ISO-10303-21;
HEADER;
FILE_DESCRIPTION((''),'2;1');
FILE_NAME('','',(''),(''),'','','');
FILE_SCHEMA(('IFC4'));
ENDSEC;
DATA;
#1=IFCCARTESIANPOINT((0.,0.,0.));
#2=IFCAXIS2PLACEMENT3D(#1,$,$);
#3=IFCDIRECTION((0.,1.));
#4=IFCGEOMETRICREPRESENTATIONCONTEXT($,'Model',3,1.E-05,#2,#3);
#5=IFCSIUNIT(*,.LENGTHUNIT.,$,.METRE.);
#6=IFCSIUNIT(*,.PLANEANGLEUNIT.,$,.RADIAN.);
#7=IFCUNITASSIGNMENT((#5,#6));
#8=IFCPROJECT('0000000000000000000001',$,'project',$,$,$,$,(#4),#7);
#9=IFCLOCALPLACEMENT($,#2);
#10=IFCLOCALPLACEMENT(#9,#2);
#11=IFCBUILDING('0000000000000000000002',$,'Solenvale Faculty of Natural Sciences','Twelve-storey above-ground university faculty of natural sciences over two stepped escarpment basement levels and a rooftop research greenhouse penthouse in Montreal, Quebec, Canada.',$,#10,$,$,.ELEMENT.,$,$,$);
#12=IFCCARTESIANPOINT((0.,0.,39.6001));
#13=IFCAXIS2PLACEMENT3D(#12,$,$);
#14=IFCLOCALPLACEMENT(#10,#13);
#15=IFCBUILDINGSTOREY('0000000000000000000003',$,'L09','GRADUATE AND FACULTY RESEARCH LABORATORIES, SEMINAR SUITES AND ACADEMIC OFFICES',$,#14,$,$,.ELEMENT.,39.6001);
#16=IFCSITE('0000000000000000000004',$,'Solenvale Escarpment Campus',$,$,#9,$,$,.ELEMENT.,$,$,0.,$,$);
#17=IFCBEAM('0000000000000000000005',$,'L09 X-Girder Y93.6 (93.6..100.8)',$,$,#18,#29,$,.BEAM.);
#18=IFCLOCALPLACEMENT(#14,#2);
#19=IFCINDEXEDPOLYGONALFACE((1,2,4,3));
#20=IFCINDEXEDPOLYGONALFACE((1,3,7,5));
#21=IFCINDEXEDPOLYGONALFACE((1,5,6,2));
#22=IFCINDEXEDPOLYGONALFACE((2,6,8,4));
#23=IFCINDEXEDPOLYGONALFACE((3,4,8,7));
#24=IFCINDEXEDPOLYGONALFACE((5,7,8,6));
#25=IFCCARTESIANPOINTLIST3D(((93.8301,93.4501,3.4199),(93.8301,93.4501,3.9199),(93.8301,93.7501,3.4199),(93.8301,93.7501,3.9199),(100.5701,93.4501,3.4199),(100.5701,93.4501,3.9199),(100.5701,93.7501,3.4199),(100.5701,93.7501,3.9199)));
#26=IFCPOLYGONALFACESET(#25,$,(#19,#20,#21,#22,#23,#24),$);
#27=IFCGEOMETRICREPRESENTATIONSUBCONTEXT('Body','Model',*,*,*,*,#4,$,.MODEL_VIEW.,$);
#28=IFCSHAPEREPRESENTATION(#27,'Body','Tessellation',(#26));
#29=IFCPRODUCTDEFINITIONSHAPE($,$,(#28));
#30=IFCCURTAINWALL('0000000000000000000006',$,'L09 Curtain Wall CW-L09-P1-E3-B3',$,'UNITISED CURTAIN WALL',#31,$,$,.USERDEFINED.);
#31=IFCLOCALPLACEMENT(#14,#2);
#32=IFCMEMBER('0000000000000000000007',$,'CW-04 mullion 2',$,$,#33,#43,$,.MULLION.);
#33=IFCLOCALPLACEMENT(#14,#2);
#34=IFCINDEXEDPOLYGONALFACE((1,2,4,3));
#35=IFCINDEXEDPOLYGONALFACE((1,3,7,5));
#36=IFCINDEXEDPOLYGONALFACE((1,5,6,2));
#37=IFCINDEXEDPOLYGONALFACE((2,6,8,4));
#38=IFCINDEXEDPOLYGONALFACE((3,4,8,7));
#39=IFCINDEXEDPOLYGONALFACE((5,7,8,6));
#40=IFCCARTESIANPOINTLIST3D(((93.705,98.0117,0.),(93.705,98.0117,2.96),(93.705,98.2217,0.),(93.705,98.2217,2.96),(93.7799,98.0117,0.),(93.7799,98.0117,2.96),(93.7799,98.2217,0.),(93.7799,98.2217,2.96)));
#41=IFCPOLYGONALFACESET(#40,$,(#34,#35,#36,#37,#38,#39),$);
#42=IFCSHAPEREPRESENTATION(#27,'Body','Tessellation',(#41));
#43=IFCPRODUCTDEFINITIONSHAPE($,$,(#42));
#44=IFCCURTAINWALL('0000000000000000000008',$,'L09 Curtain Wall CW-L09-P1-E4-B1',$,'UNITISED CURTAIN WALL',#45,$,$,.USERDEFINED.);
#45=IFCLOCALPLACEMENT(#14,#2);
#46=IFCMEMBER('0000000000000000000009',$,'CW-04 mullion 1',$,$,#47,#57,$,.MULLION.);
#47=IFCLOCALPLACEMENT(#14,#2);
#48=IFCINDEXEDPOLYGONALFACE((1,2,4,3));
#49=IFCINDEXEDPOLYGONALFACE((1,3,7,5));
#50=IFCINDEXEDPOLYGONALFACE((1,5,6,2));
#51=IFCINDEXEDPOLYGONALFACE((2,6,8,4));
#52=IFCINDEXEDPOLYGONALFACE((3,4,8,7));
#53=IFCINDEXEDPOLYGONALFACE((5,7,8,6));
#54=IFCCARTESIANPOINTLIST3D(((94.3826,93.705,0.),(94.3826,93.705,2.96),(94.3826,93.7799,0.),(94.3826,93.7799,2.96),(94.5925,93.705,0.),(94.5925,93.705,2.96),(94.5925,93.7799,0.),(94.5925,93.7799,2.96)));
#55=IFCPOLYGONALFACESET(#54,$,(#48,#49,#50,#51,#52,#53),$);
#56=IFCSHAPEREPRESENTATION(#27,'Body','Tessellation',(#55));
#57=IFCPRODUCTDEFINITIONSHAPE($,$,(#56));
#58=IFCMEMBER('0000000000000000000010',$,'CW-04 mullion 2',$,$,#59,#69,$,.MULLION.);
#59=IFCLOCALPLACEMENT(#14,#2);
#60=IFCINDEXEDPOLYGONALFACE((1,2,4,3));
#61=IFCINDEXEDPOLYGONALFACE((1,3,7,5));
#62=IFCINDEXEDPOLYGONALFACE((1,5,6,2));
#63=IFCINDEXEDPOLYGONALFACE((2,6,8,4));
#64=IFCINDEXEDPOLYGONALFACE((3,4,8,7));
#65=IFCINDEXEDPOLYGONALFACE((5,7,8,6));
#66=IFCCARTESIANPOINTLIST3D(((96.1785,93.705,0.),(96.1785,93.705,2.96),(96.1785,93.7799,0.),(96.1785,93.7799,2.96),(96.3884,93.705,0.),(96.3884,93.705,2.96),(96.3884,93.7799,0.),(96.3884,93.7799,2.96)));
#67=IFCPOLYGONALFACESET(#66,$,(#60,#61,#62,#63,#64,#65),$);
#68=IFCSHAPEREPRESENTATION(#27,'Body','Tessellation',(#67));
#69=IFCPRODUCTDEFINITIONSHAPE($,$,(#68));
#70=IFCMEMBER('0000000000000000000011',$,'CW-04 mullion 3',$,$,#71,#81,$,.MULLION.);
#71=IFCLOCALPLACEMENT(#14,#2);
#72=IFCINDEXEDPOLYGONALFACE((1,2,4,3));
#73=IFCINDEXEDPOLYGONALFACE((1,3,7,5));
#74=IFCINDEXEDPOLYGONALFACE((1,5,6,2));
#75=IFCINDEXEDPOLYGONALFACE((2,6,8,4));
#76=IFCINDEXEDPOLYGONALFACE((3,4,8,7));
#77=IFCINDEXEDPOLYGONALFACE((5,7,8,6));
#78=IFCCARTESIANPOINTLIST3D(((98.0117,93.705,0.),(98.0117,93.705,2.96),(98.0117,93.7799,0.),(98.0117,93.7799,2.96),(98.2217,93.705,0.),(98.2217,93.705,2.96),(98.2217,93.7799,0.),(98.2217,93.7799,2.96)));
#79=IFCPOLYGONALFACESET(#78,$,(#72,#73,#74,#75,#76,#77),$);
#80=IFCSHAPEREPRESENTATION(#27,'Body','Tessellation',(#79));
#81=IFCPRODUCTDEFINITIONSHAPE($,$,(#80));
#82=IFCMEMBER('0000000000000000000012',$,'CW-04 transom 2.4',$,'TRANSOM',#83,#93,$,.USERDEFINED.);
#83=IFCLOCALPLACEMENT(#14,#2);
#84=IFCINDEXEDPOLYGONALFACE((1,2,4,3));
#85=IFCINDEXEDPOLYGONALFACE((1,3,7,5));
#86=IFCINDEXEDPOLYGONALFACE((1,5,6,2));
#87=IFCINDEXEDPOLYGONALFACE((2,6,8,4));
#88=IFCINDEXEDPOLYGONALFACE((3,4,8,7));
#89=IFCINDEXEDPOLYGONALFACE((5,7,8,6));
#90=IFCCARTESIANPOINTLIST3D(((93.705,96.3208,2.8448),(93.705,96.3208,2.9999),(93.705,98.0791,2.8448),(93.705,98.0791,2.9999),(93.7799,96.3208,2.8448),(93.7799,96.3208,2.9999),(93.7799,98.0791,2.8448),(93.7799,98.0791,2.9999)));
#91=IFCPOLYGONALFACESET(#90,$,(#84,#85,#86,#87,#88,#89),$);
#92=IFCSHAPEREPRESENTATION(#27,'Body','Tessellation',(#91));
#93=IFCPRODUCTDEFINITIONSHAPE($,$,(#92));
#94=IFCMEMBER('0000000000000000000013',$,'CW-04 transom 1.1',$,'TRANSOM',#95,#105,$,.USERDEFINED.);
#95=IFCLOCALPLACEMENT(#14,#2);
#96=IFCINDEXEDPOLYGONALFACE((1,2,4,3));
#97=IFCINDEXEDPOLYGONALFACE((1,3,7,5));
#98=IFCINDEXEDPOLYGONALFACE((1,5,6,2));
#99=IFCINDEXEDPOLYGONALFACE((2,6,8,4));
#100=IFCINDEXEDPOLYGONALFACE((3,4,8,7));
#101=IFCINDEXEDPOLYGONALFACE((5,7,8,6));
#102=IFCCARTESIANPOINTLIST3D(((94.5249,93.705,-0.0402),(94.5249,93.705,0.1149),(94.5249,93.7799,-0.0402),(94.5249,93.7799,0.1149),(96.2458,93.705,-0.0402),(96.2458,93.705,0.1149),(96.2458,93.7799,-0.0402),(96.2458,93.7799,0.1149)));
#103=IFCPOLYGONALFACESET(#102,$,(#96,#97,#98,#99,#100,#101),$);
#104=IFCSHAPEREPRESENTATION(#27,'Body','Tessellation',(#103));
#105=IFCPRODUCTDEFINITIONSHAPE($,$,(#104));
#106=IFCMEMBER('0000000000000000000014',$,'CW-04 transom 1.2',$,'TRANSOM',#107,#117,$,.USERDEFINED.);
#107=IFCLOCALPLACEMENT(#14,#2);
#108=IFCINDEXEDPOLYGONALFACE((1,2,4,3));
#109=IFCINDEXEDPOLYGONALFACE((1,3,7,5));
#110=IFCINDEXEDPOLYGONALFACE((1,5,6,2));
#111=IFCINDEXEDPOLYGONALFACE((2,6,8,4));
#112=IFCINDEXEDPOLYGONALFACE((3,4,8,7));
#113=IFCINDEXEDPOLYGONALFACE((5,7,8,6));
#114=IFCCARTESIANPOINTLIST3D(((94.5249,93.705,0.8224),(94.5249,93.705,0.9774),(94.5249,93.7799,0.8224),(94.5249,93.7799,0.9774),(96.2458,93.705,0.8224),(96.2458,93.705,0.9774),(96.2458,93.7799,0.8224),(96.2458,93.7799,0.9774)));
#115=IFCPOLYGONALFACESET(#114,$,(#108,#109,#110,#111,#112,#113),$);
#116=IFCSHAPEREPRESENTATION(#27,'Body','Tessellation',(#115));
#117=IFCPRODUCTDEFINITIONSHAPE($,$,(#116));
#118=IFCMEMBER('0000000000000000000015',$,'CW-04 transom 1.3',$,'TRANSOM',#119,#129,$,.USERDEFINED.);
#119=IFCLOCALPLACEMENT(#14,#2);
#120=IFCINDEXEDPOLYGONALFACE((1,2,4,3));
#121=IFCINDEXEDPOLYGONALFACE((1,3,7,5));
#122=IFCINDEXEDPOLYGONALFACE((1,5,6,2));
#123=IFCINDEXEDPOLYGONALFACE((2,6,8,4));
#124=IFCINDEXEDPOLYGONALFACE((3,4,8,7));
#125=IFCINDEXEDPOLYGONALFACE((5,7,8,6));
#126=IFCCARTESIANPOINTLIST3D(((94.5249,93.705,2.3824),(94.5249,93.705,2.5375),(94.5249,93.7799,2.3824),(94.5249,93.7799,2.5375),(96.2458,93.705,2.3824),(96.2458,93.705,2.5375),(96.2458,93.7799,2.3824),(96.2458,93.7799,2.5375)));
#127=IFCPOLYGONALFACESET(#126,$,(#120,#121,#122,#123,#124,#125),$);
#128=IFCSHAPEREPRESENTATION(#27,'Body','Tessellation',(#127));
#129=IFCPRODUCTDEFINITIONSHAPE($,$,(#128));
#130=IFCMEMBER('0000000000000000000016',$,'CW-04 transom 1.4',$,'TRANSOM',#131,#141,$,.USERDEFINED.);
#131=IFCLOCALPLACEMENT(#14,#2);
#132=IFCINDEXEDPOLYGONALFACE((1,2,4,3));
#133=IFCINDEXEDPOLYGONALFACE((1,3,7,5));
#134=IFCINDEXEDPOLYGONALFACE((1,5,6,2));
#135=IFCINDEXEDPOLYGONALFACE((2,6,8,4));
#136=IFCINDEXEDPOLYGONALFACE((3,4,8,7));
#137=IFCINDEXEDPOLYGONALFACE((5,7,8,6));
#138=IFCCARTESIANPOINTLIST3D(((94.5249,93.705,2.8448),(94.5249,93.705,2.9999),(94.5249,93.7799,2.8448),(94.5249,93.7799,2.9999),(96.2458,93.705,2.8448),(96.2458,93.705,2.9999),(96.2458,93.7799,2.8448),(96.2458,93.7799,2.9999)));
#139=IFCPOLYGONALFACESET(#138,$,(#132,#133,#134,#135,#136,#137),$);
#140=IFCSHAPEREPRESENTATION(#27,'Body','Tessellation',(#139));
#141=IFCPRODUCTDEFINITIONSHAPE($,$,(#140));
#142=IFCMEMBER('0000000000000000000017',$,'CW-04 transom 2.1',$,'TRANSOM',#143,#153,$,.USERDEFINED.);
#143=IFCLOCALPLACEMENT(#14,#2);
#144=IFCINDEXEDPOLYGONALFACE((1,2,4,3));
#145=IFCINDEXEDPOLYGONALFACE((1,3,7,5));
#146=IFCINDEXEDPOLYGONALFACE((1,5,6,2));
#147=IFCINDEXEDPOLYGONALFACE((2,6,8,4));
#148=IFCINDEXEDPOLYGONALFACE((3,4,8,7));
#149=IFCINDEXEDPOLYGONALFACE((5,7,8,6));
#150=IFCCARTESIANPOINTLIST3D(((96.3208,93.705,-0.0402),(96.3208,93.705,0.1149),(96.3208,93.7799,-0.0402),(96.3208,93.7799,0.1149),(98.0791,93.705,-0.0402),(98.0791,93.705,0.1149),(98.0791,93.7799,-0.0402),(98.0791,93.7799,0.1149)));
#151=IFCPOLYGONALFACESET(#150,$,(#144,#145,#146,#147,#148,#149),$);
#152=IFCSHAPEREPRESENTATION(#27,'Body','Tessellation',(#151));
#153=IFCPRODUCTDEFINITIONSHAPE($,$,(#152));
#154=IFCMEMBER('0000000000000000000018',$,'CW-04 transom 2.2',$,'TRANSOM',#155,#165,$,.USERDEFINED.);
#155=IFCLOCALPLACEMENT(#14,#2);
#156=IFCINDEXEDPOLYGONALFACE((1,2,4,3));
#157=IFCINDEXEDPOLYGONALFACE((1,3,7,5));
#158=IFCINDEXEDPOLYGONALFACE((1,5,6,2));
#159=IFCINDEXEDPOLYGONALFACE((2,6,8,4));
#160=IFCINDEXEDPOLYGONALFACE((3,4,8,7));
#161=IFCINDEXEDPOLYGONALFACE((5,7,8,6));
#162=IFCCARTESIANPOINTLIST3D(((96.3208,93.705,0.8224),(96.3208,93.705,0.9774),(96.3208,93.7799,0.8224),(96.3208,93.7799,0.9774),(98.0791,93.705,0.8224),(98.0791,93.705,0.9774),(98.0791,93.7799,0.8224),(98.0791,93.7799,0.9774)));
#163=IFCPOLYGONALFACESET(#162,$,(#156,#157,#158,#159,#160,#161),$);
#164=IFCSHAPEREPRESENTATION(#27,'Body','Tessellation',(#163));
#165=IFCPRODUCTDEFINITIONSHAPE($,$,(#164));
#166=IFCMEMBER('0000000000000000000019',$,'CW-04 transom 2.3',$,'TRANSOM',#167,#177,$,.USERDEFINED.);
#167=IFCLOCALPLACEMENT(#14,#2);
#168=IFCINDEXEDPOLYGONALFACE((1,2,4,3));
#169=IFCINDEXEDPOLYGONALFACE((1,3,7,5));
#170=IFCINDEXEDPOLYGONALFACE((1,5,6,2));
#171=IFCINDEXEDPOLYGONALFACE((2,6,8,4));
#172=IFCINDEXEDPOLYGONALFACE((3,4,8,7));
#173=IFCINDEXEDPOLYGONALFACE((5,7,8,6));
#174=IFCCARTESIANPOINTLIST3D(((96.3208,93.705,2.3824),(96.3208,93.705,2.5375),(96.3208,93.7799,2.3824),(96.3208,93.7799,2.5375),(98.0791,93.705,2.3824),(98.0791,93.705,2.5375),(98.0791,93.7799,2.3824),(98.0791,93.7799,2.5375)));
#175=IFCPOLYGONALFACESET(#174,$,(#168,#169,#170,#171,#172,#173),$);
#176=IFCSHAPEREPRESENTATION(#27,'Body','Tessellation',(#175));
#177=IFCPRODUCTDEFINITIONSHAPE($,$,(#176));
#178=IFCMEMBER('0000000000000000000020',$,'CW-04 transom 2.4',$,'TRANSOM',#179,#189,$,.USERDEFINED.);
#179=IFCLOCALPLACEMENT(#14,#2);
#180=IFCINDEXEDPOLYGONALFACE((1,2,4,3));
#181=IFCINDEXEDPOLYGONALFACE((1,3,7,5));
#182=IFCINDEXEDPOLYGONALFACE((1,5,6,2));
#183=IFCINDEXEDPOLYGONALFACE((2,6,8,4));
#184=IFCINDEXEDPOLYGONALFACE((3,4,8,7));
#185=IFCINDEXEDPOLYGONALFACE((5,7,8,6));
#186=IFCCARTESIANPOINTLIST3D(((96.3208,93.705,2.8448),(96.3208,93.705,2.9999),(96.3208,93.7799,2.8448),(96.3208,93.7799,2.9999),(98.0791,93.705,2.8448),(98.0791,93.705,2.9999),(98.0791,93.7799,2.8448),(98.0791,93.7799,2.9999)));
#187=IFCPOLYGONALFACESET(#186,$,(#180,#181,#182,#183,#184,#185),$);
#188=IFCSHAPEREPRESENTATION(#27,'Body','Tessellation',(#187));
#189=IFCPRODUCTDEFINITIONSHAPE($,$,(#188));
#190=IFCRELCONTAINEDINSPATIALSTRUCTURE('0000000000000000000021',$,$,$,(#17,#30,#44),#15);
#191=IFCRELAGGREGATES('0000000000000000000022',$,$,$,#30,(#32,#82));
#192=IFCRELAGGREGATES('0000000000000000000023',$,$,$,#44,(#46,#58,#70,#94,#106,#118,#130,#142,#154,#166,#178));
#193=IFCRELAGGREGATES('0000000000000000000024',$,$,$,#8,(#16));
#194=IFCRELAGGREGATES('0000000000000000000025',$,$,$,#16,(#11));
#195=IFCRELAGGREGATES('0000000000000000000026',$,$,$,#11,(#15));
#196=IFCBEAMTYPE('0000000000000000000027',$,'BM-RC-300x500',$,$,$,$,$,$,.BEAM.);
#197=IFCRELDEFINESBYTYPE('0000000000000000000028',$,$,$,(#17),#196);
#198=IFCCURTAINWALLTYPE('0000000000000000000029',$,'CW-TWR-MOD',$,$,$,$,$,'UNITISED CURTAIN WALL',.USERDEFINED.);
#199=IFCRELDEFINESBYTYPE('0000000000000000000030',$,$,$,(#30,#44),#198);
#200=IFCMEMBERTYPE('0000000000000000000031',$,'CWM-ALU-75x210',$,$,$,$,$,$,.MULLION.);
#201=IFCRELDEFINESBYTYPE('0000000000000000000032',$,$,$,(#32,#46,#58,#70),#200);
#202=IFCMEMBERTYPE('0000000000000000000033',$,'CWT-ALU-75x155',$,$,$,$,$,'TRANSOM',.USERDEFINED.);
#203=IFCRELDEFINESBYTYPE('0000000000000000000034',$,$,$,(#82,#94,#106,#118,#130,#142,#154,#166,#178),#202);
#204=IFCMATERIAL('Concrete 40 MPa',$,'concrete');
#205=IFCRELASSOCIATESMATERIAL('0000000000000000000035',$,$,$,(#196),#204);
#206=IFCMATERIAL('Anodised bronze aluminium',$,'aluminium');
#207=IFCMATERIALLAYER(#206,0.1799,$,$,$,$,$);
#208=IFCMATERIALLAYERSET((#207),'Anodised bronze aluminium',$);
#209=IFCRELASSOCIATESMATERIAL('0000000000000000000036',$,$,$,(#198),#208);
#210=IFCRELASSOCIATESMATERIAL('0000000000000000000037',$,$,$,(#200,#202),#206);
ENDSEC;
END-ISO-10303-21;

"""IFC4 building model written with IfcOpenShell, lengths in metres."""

from ifc_helpers import new_model, si_unit, direction, frame, origin, origin_2d, place, context, subcontext, project, spatial, rectangle, extrude, material, layer, layer_set, material_profile, profile_set, type_object, element, aggregate, save


model = new_model("IFC4")

# Units and contexts
model_context = context("Model", 3, precision=1e-05, world=origin(), true_north=direction((0.0, 1.0)))
body_context = subcontext(model_context, "Body", "Model", "MODEL_VIEW")
ifc_project = project(units=[si_unit("LENGTHUNIT", "METRE"), si_unit("PLANEANGLEUNIT", "RADIAN")], contexts=[model_context])

# Site, building, storey
site_placement = place(None, origin())
site = spatial("IfcSite", under=ifc_project, at=site_placement, Name="Solenvale Escarpment Campus", CompositionType="ELEMENT", RefElevation=0.0)
building_placement = place(site_placement, origin())
building = spatial("IfcBuilding", under=site, at=building_placement, Name="Solenvale Faculty of Natural Sciences", Description="Twelve-storey above-ground university faculty of natural sciences over two stepped escarpment basement levels and a rooftop research greenhouse penthouse in Montreal, Quebec, Canada.", CompositionType="ELEMENT")
storey_placement = place(building_placement, frame((0.0, 0.0, 39.6001)))
storey = spatial("IfcBuildingStorey", under=building, at=storey_placement, Name="L09", Description="GRADUATE AND FACULTY RESEARCH LABORATORIES, SEMINAR SUITES AND ACADEMIC OFFICES", CompositionType="ELEMENT", Elevation=39.6001)

# Beam
ifc_material_1 = material(Name="Concrete 40 MPa", Category="concrete")
ifc_material_profile_1 = material_profile(ifc_material_1, rectangle(XDim=0.3, YDim=0.5, at=origin_2d()), Name="RC-BM-300x500")
ifc_profile_set_1 = profile_set([ifc_material_profile_1], Name="Concrete 40 MPa")
beam_type = type_object("IfcBeamType", Name="BM-RC-300x500", PredefinedType="BEAM", material=ifc_profile_set_1)
beam_placement = place(storey_placement, frame((93.8301, 93.6001, 3.6699), z_axis=(1.0, 0.0, 0.0), x_axis=(0.0, 1.0, 0.0)))
element("IfcBeam", 1, at=beam_placement, inside=storey, type_object=beam_type, Name="L09 X-Girder Y93.6 (93.6..100.8)", PredefinedType="BEAM", context=body_context, shape_type="SweptSolid", body=[
    extrude(rectangle(XDim=0.3, YDim=0.5, at=origin_2d()), origin(), (0.0, 0.0, 1.0), 6.74),
])

# Curtain wall, member
ifc_material_2 = material(Name="Anodised bronze aluminium", Category="aluminium")
ifc_layer_1 = layer(ifc_material_2, 0.1799)
ifc_layer_set_1 = layer_set([ifc_layer_1], Name="Anodised bronze aluminium")
curtain_wall_type = type_object("IfcCurtainWallType", Name="CW-TWR-MOD", ElementType="UNITISED CURTAIN WALL", PredefinedType="USERDEFINED", material=ifc_layer_set_1)
curtain_wall_1_placement = place(storey_placement, origin())
curtain_wall_1 = element("IfcCurtainWall", 2, at=curtain_wall_1_placement, inside=storey, type_object=curtain_wall_type, Name="L09 Curtain Wall CW-L09-P1-E3-B3", ObjectType="UNITISED CURTAIN WALL", PredefinedType="USERDEFINED")
ifc_material_profile_2 = material_profile(ifc_material_2, rectangle(XDim=0.075, YDim=0.21, at=origin_2d()), Name="ALU-MUL-75x210")
ifc_profile_set_2 = profile_set([ifc_material_profile_2], Name="Anodised bronze aluminium")
member_type_1 = type_object("IfcMemberType", Name="CWM-ALU-75x210", PredefinedType="MULLION", material=ifc_profile_set_2)
member_1_placement = place(storey_placement, frame((93.7424, 98.1167, 0.0), z_axis=(0.0, 0.0, 1.0), x_axis=(1.0, 0.0, 0.0)))
member_1 = element("IfcMember", 3, at=member_1_placement, type_object=member_type_1, Name="CW-04 mullion 2", PredefinedType="MULLION", context=body_context, shape_type="SweptSolid", body=[
    extrude(rectangle(XDim=0.075, YDim=0.21, at=origin_2d()), origin(), (0.0, 0.0, 1.0), 2.96),
])

# Curtain wall, members
curtain_wall_2_placement = place(storey_placement, origin())
curtain_wall_2 = element("IfcCurtainWall", 4, at=curtain_wall_2_placement, inside=storey, type_object=curtain_wall_type, Name="L09 Curtain Wall CW-L09-P1-E4-B1", ObjectType="UNITISED CURTAIN WALL", PredefinedType="USERDEFINED")
member_2_placement = place(storey_placement, frame((94.4875, 93.7424, 0.0), z_axis=(0.0, 0.0, 1.0), x_axis=(0.0, 1.0, 0.0)))
member_2 = element("IfcMember", 5, at=member_2_placement, type_object=member_type_1, Name="CW-04 mullion 1", PredefinedType="MULLION", context=body_context, shape_type="SweptSolid", body=[
    extrude(rectangle(XDim=0.075, YDim=0.21, at=origin_2d()), origin(), (0.0, 0.0, 1.0), 2.96),
])
member_3_placement = place(storey_placement, frame((96.2834, 93.7424, 0.0), z_axis=(0.0, 0.0, 1.0), x_axis=(0.0, 1.0, 0.0)))
member_3 = element("IfcMember", 6, at=member_3_placement, type_object=member_type_1, Name="CW-04 mullion 2", PredefinedType="MULLION", context=body_context, shape_type="SweptSolid", body=[
    extrude(rectangle(XDim=0.075, YDim=0.21, at=origin_2d()), origin(), (0.0, 0.0, 1.0), 2.96),
])
member_4_placement = place(storey_placement, frame((98.1167, 93.7424, 0.0), z_axis=(0.0, 0.0, 1.0), x_axis=(0.0, 1.0, 0.0)))
member_4 = element("IfcMember", 7, at=member_4_placement, type_object=member_type_1, Name="CW-04 mullion 3", PredefinedType="MULLION", context=body_context, shape_type="SweptSolid", body=[
    extrude(rectangle(XDim=0.075, YDim=0.21, at=origin_2d()), origin(), (0.0, 0.0, 1.0), 2.96),
])

# Members
ifc_material_profile_3 = material_profile(ifc_material_2, rectangle(XDim=0.075, YDim=0.155, at=origin_2d()), Name="ALU-TRN-75x155")
ifc_profile_set_3 = profile_set([ifc_material_profile_3], Name="Anodised bronze aluminium")
member_type_2 = type_object("IfcMemberType", Name="CWT-ALU-75x155", ElementType="TRANSOM", PredefinedType="USERDEFINED", material=ifc_profile_set_3)
member_5_placement = place(storey_placement, frame((93.7424, 98.0791, 2.9224), z_axis=(0.0, -1.0, 0.0), x_axis=(1.0, 0.0, 0.0)))
member_5 = element("IfcMember", 8, at=member_5_placement, type_object=member_type_2, Name="CW-04 transom 2.4", ObjectType="TRANSOM", PredefinedType="USERDEFINED", context=body_context, shape_type="SweptSolid", body=[
    extrude(rectangle(XDim=0.075, YDim=0.155, at=origin_2d()), origin(), (0.0, 0.0, 1.0), 1.7583),
])
aggregate(curtain_wall_1, [member_1, member_5])
member_6_placement = place(storey_placement, frame((94.5249, 93.7424, 0.0374), z_axis=(1.0, 0.0, 0.0), x_axis=(0.0, 1.0, 0.0)))
member_6 = element("IfcMember", 9, at=member_6_placement, type_object=member_type_2, Name="CW-04 transom 1.1", ObjectType="TRANSOM", PredefinedType="USERDEFINED", context=body_context, shape_type="SweptSolid", body=[
    extrude(rectangle(XDim=0.075, YDim=0.155, at=origin_2d()), origin(), (0.0, 0.0, 1.0), 1.7209),
])
member_7_placement = place(storey_placement, frame((94.5249, 93.7424, 0.8999), z_axis=(1.0, 0.0, 0.0), x_axis=(0.0, 1.0, 0.0)))
member_7 = element("IfcMember", 10, at=member_7_placement, type_object=member_type_2, Name="CW-04 transom 1.2", ObjectType="TRANSOM", PredefinedType="USERDEFINED", context=body_context, shape_type="SweptSolid", body=[
    extrude(rectangle(XDim=0.075, YDim=0.155, at=origin_2d()), origin(), (0.0, 0.0, 1.0), 1.7209),
])
member_8_placement = place(storey_placement, frame((94.5249, 93.7424, 2.46), z_axis=(1.0, 0.0, 0.0), x_axis=(0.0, 1.0, 0.0)))
member_8 = element("IfcMember", 11, at=member_8_placement, type_object=member_type_2, Name="CW-04 transom 1.3", ObjectType="TRANSOM", PredefinedType="USERDEFINED", context=body_context, shape_type="SweptSolid", body=[
    extrude(rectangle(XDim=0.075, YDim=0.155, at=origin_2d()), origin(), (0.0, 0.0, 1.0), 1.7209),
])
member_9_placement = place(storey_placement, frame((94.5249, 93.7424, 2.9224), z_axis=(1.0, 0.0, 0.0), x_axis=(0.0, 1.0, 0.0)))
member_9 = element("IfcMember", 12, at=member_9_placement, type_object=member_type_2, Name="CW-04 transom 1.4", ObjectType="TRANSOM", PredefinedType="USERDEFINED", context=body_context, shape_type="SweptSolid", body=[
    extrude(rectangle(XDim=0.075, YDim=0.155, at=origin_2d()), origin(), (0.0, 0.0, 1.0), 1.7209),
])
member_10_placement = place(storey_placement, frame((96.3208, 93.7424, 0.0374), z_axis=(1.0, 0.0, 0.0), x_axis=(0.0, 1.0, 0.0)))
member_10 = element("IfcMember", 13, at=member_10_placement, type_object=member_type_2, Name="CW-04 transom 2.1", ObjectType="TRANSOM", PredefinedType="USERDEFINED", context=body_context, shape_type="SweptSolid", body=[
    extrude(rectangle(XDim=0.075, YDim=0.155, at=origin_2d()), origin(), (0.0, 0.0, 1.0), 1.7583),
])
member_11_placement = place(storey_placement, frame((96.3208, 93.7424, 0.8999), z_axis=(1.0, 0.0, 0.0), x_axis=(0.0, 1.0, 0.0)))
member_11 = element("IfcMember", 14, at=member_11_placement, type_object=member_type_2, Name="CW-04 transom 2.2", ObjectType="TRANSOM", PredefinedType="USERDEFINED", context=body_context, shape_type="SweptSolid", body=[
    extrude(rectangle(XDim=0.075, YDim=0.155, at=origin_2d()), origin(), (0.0, 0.0, 1.0), 1.7583),
])
member_12_placement = place(storey_placement, frame((96.3208, 93.7424, 2.46), z_axis=(1.0, 0.0, 0.0), x_axis=(0.0, 1.0, 0.0)))
member_12 = element("IfcMember", 15, at=member_12_placement, type_object=member_type_2, Name="CW-04 transom 2.3", ObjectType="TRANSOM", PredefinedType="USERDEFINED", context=body_context, shape_type="SweptSolid", body=[
    extrude(rectangle(XDim=0.075, YDim=0.155, at=origin_2d()), origin(), (0.0, 0.0, 1.0), 1.7583),
])
member_13_placement = place(storey_placement, frame((96.3208, 93.7424, 2.9224), z_axis=(1.0, 0.0, 0.0), x_axis=(0.0, 1.0, 0.0)))
member_13 = element("IfcMember", 16, at=member_13_placement, type_object=member_type_2, Name="CW-04 transom 2.4", ObjectType="TRANSOM", PredefinedType="USERDEFINED", context=body_context, shape_type="SweptSolid", body=[
    extrude(rectangle(XDim=0.075, YDim=0.155, at=origin_2d()), origin(), (0.0, 0.0, 1.0), 1.7583),
])

aggregate(curtain_wall_2, [member_2, member_3, member_4, member_6, member_7, member_8, member_9, member_10, member_11, member_12, member_13])

save(model, "model.ifc")
